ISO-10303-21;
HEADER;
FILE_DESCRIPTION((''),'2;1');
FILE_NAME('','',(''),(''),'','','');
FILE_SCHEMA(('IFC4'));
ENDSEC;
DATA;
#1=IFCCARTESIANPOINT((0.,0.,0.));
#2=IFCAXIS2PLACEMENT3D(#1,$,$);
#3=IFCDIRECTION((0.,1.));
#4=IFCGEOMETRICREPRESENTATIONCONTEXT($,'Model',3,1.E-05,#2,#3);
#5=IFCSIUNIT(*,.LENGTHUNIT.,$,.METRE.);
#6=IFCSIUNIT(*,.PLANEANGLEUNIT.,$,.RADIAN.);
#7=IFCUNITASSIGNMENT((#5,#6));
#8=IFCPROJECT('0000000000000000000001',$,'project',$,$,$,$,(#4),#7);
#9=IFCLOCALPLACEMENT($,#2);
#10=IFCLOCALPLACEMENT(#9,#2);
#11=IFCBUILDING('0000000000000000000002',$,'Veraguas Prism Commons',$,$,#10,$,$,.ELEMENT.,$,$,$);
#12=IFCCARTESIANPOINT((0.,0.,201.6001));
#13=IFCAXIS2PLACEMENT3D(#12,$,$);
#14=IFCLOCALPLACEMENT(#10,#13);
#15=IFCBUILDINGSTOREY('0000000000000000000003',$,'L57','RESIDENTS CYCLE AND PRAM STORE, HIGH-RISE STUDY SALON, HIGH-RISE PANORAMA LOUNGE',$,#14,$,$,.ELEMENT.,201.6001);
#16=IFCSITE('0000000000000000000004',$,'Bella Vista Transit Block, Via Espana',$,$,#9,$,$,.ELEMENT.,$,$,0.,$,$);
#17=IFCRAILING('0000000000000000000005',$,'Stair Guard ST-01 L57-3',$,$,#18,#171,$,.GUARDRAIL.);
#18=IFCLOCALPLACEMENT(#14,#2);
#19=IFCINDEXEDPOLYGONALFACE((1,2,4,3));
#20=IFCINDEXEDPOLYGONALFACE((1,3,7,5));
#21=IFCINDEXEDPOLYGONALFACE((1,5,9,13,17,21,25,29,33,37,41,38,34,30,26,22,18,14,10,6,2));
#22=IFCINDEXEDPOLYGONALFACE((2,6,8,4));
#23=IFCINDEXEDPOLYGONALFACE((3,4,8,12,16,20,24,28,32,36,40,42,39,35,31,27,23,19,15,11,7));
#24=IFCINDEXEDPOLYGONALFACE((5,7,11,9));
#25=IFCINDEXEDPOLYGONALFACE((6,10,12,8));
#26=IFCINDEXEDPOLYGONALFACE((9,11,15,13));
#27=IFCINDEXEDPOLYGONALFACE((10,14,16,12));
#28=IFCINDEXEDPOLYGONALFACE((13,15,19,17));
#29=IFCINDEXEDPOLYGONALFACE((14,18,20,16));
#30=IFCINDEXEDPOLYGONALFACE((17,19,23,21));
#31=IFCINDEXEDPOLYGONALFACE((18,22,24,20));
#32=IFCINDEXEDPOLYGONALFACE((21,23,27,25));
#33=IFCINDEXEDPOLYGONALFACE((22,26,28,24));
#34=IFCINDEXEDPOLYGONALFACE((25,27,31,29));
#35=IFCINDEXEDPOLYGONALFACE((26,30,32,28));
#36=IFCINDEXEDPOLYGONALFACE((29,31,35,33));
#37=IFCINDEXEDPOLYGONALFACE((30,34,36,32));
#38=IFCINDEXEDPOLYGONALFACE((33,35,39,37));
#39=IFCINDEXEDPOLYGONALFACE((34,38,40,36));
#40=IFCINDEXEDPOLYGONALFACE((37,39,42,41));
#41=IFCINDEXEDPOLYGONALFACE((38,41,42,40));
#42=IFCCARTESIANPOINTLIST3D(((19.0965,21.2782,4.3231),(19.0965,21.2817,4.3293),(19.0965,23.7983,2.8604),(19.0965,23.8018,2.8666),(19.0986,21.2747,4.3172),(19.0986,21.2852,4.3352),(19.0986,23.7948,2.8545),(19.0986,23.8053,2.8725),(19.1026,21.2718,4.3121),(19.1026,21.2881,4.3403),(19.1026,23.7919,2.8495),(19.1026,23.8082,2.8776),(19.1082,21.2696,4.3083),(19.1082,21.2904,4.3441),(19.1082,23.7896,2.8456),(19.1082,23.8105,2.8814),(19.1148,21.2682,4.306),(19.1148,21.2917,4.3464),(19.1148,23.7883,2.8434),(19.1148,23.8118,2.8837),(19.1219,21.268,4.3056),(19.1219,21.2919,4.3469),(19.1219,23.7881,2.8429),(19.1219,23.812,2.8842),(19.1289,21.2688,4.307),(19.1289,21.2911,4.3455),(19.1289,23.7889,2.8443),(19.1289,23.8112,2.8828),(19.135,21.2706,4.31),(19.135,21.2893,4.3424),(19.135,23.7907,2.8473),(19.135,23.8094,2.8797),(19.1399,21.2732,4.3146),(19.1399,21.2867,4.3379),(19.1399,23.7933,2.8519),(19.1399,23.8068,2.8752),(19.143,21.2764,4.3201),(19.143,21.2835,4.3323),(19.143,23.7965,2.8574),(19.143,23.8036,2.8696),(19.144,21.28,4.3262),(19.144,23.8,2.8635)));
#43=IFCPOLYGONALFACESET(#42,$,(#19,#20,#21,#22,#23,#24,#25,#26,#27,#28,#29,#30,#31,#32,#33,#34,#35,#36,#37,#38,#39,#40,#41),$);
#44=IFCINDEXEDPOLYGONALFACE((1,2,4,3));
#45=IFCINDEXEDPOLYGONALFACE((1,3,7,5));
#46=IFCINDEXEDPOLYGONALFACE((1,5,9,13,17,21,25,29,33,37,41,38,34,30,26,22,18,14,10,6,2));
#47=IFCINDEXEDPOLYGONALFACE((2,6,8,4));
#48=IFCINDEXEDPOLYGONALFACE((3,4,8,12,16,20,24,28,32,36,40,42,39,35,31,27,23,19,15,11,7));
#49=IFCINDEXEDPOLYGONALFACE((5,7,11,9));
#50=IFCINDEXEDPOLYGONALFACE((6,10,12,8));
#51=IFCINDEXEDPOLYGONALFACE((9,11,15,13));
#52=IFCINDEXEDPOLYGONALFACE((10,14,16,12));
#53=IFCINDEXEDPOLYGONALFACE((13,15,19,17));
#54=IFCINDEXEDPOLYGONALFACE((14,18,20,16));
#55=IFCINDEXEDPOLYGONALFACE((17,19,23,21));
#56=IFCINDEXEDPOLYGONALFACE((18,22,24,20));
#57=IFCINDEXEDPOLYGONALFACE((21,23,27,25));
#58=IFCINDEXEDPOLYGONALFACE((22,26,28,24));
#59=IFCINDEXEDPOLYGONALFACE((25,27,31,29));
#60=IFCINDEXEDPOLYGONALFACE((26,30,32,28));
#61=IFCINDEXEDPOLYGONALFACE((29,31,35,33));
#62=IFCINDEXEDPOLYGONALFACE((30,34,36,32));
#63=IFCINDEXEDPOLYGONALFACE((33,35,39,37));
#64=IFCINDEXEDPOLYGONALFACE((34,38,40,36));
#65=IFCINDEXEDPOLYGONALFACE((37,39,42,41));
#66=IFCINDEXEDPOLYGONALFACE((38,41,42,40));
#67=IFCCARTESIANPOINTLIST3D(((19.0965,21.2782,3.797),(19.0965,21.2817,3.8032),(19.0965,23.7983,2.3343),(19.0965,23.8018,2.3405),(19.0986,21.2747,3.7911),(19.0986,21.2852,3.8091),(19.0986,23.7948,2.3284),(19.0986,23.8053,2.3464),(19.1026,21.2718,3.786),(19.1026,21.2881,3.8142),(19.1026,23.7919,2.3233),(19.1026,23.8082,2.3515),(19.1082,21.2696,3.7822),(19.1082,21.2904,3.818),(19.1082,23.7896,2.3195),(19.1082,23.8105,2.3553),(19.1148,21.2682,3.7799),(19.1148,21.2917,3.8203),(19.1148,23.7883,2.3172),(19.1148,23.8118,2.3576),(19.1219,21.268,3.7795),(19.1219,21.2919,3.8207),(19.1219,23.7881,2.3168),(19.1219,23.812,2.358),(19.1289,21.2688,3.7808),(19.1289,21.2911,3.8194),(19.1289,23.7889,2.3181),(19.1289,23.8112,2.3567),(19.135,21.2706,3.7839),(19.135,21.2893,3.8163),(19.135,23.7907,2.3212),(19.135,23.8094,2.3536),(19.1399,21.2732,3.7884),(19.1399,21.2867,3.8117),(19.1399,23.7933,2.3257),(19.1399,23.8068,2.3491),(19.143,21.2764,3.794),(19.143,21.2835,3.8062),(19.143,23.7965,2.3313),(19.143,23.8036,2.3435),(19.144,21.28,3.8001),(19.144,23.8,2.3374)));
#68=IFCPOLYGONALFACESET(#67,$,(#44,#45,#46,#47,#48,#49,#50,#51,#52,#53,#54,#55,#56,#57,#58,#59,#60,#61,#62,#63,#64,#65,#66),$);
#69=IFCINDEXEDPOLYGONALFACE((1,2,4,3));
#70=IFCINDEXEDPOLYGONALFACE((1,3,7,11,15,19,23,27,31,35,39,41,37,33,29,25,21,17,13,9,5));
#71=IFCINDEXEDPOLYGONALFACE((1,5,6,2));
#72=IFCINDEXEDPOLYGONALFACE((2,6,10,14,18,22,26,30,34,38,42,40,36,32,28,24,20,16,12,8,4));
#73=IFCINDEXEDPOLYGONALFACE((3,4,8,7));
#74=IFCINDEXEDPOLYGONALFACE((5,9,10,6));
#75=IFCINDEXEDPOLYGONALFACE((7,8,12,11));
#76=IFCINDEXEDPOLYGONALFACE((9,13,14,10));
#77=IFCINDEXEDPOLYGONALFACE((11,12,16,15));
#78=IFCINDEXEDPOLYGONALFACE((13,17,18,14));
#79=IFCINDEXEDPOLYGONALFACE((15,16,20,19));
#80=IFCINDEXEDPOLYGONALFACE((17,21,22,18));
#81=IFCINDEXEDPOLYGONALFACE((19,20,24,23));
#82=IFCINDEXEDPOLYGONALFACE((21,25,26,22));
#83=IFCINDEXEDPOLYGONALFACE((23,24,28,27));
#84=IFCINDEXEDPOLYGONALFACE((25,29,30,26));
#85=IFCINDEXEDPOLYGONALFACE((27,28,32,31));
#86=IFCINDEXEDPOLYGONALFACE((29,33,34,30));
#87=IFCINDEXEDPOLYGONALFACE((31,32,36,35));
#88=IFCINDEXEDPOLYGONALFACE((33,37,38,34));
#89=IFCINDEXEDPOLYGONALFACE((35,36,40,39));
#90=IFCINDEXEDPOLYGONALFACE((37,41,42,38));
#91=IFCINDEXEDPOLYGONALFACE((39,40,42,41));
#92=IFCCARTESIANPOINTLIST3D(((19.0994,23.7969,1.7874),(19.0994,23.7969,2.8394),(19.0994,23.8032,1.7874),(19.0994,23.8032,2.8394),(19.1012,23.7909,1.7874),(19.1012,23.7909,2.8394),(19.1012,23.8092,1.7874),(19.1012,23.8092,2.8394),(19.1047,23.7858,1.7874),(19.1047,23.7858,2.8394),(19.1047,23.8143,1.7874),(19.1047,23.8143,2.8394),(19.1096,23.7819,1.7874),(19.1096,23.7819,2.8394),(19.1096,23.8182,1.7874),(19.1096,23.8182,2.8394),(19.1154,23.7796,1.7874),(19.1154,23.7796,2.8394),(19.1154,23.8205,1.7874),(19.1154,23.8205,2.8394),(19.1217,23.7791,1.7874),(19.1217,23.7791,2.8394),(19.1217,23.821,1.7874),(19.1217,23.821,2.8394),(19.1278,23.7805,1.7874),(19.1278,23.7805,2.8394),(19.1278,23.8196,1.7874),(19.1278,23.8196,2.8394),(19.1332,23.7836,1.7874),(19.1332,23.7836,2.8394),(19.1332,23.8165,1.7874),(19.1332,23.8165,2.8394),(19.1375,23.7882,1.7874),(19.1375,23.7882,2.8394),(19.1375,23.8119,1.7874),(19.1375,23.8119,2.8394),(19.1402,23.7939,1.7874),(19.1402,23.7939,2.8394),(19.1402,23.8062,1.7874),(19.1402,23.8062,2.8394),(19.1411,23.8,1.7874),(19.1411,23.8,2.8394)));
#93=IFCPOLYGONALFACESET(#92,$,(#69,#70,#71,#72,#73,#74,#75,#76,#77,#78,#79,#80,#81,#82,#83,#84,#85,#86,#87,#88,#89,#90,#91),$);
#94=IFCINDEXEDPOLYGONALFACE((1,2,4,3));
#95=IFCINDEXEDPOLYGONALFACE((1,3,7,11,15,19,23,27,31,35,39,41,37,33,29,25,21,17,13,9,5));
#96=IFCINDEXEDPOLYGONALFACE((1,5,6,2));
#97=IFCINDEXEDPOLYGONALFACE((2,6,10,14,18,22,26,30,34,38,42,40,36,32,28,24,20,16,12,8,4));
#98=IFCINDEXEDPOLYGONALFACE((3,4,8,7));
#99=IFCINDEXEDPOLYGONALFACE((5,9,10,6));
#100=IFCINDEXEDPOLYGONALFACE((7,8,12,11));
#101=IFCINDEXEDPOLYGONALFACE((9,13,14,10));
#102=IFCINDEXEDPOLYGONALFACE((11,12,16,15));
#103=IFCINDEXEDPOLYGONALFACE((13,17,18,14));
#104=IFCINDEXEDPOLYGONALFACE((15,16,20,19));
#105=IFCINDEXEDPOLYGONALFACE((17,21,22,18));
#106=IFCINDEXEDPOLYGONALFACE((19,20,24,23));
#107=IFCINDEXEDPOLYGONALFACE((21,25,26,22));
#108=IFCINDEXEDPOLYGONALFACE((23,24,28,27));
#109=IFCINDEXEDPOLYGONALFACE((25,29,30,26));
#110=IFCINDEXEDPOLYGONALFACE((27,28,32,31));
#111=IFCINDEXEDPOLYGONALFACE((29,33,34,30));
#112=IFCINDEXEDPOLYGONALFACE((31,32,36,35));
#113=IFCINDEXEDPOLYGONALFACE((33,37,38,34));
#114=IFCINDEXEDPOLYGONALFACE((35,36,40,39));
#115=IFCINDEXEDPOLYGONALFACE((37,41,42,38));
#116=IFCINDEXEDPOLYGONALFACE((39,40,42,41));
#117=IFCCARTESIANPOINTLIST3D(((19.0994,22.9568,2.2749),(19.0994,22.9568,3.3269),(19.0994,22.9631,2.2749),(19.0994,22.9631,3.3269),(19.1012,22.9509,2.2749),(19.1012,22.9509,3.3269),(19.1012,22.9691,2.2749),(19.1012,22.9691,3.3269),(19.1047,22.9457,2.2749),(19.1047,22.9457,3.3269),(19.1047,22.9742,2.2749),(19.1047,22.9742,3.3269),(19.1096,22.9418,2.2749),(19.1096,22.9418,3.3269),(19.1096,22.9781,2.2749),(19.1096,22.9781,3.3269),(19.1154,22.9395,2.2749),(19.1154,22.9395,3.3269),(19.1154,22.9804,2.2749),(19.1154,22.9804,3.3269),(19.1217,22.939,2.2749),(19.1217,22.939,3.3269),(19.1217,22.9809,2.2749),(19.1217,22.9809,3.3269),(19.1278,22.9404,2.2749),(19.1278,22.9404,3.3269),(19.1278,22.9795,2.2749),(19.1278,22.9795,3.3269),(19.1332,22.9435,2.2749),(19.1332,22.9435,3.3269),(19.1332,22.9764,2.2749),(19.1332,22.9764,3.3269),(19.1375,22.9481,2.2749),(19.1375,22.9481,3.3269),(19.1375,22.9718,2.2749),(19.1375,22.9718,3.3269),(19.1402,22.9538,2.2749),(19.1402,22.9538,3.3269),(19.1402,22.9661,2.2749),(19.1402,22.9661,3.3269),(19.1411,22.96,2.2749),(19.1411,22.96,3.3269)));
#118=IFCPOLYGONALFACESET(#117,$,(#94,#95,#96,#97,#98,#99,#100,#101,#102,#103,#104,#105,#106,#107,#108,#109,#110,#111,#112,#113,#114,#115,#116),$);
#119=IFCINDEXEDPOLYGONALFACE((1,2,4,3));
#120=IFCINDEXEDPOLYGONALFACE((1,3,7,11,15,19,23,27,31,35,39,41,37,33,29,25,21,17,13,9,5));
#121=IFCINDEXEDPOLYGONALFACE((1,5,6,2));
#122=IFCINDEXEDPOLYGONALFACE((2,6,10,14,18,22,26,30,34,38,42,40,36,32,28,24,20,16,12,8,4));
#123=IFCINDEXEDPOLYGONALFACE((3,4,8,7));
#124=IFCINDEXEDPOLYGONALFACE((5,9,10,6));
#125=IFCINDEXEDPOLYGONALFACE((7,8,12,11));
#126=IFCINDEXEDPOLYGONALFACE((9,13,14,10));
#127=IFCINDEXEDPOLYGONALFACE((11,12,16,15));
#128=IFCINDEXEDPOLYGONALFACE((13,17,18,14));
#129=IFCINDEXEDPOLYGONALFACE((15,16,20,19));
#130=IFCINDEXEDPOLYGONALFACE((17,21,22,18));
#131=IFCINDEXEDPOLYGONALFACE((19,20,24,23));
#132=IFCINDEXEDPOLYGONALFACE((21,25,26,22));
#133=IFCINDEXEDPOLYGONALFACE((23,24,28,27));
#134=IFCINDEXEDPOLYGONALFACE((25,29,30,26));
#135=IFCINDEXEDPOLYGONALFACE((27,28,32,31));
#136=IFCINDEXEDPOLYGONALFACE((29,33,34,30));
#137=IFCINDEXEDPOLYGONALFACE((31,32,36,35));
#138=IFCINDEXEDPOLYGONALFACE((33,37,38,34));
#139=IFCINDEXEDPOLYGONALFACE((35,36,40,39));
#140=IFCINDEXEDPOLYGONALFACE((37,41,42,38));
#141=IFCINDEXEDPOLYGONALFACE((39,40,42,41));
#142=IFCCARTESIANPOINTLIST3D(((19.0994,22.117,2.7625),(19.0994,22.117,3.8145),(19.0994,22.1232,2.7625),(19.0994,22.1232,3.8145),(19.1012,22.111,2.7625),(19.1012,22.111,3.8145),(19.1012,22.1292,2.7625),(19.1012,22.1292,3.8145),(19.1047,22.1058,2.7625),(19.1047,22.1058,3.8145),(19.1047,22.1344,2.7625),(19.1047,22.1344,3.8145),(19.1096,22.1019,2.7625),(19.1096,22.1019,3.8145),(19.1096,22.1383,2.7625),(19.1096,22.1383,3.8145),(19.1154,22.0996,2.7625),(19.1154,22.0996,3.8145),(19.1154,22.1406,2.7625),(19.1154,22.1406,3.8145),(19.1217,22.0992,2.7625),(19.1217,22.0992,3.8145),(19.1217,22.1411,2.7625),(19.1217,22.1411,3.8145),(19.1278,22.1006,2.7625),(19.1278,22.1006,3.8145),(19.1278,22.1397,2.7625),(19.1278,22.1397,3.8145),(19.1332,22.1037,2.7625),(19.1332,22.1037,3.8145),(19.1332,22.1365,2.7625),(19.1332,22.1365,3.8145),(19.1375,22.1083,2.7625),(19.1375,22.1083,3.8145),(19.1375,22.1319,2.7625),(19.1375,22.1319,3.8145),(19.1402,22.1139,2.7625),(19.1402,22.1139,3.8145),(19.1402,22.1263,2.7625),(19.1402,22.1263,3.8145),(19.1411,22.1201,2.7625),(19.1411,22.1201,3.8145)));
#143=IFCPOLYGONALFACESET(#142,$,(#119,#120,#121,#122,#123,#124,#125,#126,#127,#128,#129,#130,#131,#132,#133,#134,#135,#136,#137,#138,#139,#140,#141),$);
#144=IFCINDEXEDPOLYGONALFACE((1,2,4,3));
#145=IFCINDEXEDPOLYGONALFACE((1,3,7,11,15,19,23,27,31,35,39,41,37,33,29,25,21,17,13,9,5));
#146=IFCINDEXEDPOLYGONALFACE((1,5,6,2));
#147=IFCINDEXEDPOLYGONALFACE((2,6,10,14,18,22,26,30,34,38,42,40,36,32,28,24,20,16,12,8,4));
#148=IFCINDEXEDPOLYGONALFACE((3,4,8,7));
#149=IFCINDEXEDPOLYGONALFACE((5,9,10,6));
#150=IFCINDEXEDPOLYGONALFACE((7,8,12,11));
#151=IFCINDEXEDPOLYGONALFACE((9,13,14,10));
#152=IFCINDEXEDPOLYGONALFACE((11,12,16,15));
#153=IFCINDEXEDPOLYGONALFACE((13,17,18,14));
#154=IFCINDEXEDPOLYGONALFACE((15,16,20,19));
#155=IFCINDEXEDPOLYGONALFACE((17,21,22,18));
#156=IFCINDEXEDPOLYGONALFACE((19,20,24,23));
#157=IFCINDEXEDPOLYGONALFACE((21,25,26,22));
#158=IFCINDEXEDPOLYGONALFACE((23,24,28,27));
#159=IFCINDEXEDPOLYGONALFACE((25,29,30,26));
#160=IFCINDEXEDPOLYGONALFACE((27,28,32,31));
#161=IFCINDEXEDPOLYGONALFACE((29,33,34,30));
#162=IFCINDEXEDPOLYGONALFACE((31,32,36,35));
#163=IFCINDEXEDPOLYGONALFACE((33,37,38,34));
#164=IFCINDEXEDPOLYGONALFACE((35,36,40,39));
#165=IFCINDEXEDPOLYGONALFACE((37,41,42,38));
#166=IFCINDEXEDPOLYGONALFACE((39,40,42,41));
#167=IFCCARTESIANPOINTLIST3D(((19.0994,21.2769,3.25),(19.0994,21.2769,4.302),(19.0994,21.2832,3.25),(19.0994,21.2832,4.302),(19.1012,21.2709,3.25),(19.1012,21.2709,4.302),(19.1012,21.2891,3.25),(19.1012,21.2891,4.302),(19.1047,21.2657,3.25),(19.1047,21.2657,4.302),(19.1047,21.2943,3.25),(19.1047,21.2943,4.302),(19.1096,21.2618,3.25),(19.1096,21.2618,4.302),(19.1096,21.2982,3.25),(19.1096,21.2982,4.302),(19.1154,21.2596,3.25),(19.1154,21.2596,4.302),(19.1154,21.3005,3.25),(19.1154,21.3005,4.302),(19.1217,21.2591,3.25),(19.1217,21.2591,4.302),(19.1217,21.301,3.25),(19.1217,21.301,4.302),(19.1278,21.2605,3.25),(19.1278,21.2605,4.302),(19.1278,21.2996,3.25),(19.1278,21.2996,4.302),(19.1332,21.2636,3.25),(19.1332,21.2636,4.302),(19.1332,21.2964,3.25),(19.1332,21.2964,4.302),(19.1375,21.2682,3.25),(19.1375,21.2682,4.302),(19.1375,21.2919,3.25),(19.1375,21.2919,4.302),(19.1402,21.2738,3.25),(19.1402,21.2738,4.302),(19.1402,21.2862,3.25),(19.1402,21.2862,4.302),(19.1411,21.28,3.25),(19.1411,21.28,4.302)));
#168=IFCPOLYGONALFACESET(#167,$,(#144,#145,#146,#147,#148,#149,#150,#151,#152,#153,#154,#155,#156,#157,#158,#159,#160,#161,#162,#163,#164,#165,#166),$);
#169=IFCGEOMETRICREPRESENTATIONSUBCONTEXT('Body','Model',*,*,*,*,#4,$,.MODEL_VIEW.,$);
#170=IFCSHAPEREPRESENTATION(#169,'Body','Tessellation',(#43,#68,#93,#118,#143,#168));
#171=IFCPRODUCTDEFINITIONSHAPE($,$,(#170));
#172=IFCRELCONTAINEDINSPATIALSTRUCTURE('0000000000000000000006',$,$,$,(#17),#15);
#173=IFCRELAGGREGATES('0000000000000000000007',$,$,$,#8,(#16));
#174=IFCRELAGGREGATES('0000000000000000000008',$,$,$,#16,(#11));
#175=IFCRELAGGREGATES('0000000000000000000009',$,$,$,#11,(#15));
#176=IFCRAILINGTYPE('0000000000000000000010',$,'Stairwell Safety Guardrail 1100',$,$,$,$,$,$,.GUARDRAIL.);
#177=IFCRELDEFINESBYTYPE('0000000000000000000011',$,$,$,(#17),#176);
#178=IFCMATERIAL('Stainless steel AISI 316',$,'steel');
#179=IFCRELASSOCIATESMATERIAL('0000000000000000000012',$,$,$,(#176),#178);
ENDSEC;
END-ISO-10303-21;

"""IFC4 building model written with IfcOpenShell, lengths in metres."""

from ifc_helpers import new_model, si_unit, direction, frame, origin, origin_2d, place, context, subcontext, project, spatial, circle, extrude, material, type_object, element, save


model = new_model("IFC4")

# Units and contexts
model_context = context("Model", 3, precision=1e-05, world=origin(), true_north=direction((0.0, 1.0)))
body_context = subcontext(model_context, "Body", "Model", "MODEL_VIEW")
ifc_project = project(units=[si_unit("LENGTHUNIT", "METRE"), si_unit("PLANEANGLEUNIT", "RADIAN")], contexts=[model_context])

# Site, building, storey
site_placement = place(None, origin())
site = spatial("IfcSite", under=ifc_project, at=site_placement, Name="Bella Vista Transit Block, Via Espana", CompositionType="ELEMENT", RefElevation=0.0)
building_placement = place(site_placement, origin())
building = spatial("IfcBuilding", under=site, at=building_placement, Name="Veraguas Prism Commons", CompositionType="ELEMENT")
storey_placement = place(building_placement, frame((0.0, 0.0, 201.6001)))
storey = spatial("IfcBuildingStorey", under=building, at=storey_placement, Name="L57", Description="RESIDENTS CYCLE AND PRAM STORE, HIGH-RISE STUDY SALON, HIGH-RISE PANORAMA LOUNGE", CompositionType="ELEMENT", Elevation=201.6001)

# Railing
ifc_material_1 = material(Name="Stainless steel AISI 316", Category="steel")
railing_type_1 = type_object("IfcRailingType", Name="Stairwell Safety Guardrail 1100", PredefinedType="GUARDRAIL", material=ifc_material_1)
railing_1_placement = place(storey_placement, frame((19.1201, 23.8, 1.7874)))
element("IfcRailing", 1, at=railing_1_placement, inside=storey, type_object=railing_type_1, Name="Stair Guard ST-01 L57-3", PredefinedType="GUARDRAIL", context=body_context, shape_type="SweptSolid", body=[
    extrude(circle(Radius=0.0239, at=origin_2d()), frame((0.0, 0.0, 1.0762), z_axis=(0.0, -0.864877, 0.501984), x_axis=(1.0, 0.0, 0.0)), (0.0, 0.0, 1.0), 2.9138),
    extrude(circle(Radius=0.0239, at=origin_2d()), frame((0.0, 0.0, 0.55), z_axis=(0.0, -0.864877, 0.501984), x_axis=(1.0, 0.0, 0.0)), (0.0, 0.0, 1.0), 2.9138),
    extrude(circle(Radius=0.021, at=origin_2d()), origin(), (0.0, 0.0, 1.0), 1.052),
    extrude(circle(Radius=0.021, at=origin_2d()), frame((0.0, -0.8401, 0.4875)), (0.0, 0.0, 1.0), 1.052),
    extrude(circle(Radius=0.021, at=origin_2d()), frame((0.0, -1.6799, 0.9751)), (0.0, 0.0, 1.0), 1.052),
    extrude(circle(Radius=0.021, at=origin_2d()), frame((0.0, -2.52, 1.4626)), (0.0, 0.0, 1.0), 1.052),
])

save(model, "model.ifc")
